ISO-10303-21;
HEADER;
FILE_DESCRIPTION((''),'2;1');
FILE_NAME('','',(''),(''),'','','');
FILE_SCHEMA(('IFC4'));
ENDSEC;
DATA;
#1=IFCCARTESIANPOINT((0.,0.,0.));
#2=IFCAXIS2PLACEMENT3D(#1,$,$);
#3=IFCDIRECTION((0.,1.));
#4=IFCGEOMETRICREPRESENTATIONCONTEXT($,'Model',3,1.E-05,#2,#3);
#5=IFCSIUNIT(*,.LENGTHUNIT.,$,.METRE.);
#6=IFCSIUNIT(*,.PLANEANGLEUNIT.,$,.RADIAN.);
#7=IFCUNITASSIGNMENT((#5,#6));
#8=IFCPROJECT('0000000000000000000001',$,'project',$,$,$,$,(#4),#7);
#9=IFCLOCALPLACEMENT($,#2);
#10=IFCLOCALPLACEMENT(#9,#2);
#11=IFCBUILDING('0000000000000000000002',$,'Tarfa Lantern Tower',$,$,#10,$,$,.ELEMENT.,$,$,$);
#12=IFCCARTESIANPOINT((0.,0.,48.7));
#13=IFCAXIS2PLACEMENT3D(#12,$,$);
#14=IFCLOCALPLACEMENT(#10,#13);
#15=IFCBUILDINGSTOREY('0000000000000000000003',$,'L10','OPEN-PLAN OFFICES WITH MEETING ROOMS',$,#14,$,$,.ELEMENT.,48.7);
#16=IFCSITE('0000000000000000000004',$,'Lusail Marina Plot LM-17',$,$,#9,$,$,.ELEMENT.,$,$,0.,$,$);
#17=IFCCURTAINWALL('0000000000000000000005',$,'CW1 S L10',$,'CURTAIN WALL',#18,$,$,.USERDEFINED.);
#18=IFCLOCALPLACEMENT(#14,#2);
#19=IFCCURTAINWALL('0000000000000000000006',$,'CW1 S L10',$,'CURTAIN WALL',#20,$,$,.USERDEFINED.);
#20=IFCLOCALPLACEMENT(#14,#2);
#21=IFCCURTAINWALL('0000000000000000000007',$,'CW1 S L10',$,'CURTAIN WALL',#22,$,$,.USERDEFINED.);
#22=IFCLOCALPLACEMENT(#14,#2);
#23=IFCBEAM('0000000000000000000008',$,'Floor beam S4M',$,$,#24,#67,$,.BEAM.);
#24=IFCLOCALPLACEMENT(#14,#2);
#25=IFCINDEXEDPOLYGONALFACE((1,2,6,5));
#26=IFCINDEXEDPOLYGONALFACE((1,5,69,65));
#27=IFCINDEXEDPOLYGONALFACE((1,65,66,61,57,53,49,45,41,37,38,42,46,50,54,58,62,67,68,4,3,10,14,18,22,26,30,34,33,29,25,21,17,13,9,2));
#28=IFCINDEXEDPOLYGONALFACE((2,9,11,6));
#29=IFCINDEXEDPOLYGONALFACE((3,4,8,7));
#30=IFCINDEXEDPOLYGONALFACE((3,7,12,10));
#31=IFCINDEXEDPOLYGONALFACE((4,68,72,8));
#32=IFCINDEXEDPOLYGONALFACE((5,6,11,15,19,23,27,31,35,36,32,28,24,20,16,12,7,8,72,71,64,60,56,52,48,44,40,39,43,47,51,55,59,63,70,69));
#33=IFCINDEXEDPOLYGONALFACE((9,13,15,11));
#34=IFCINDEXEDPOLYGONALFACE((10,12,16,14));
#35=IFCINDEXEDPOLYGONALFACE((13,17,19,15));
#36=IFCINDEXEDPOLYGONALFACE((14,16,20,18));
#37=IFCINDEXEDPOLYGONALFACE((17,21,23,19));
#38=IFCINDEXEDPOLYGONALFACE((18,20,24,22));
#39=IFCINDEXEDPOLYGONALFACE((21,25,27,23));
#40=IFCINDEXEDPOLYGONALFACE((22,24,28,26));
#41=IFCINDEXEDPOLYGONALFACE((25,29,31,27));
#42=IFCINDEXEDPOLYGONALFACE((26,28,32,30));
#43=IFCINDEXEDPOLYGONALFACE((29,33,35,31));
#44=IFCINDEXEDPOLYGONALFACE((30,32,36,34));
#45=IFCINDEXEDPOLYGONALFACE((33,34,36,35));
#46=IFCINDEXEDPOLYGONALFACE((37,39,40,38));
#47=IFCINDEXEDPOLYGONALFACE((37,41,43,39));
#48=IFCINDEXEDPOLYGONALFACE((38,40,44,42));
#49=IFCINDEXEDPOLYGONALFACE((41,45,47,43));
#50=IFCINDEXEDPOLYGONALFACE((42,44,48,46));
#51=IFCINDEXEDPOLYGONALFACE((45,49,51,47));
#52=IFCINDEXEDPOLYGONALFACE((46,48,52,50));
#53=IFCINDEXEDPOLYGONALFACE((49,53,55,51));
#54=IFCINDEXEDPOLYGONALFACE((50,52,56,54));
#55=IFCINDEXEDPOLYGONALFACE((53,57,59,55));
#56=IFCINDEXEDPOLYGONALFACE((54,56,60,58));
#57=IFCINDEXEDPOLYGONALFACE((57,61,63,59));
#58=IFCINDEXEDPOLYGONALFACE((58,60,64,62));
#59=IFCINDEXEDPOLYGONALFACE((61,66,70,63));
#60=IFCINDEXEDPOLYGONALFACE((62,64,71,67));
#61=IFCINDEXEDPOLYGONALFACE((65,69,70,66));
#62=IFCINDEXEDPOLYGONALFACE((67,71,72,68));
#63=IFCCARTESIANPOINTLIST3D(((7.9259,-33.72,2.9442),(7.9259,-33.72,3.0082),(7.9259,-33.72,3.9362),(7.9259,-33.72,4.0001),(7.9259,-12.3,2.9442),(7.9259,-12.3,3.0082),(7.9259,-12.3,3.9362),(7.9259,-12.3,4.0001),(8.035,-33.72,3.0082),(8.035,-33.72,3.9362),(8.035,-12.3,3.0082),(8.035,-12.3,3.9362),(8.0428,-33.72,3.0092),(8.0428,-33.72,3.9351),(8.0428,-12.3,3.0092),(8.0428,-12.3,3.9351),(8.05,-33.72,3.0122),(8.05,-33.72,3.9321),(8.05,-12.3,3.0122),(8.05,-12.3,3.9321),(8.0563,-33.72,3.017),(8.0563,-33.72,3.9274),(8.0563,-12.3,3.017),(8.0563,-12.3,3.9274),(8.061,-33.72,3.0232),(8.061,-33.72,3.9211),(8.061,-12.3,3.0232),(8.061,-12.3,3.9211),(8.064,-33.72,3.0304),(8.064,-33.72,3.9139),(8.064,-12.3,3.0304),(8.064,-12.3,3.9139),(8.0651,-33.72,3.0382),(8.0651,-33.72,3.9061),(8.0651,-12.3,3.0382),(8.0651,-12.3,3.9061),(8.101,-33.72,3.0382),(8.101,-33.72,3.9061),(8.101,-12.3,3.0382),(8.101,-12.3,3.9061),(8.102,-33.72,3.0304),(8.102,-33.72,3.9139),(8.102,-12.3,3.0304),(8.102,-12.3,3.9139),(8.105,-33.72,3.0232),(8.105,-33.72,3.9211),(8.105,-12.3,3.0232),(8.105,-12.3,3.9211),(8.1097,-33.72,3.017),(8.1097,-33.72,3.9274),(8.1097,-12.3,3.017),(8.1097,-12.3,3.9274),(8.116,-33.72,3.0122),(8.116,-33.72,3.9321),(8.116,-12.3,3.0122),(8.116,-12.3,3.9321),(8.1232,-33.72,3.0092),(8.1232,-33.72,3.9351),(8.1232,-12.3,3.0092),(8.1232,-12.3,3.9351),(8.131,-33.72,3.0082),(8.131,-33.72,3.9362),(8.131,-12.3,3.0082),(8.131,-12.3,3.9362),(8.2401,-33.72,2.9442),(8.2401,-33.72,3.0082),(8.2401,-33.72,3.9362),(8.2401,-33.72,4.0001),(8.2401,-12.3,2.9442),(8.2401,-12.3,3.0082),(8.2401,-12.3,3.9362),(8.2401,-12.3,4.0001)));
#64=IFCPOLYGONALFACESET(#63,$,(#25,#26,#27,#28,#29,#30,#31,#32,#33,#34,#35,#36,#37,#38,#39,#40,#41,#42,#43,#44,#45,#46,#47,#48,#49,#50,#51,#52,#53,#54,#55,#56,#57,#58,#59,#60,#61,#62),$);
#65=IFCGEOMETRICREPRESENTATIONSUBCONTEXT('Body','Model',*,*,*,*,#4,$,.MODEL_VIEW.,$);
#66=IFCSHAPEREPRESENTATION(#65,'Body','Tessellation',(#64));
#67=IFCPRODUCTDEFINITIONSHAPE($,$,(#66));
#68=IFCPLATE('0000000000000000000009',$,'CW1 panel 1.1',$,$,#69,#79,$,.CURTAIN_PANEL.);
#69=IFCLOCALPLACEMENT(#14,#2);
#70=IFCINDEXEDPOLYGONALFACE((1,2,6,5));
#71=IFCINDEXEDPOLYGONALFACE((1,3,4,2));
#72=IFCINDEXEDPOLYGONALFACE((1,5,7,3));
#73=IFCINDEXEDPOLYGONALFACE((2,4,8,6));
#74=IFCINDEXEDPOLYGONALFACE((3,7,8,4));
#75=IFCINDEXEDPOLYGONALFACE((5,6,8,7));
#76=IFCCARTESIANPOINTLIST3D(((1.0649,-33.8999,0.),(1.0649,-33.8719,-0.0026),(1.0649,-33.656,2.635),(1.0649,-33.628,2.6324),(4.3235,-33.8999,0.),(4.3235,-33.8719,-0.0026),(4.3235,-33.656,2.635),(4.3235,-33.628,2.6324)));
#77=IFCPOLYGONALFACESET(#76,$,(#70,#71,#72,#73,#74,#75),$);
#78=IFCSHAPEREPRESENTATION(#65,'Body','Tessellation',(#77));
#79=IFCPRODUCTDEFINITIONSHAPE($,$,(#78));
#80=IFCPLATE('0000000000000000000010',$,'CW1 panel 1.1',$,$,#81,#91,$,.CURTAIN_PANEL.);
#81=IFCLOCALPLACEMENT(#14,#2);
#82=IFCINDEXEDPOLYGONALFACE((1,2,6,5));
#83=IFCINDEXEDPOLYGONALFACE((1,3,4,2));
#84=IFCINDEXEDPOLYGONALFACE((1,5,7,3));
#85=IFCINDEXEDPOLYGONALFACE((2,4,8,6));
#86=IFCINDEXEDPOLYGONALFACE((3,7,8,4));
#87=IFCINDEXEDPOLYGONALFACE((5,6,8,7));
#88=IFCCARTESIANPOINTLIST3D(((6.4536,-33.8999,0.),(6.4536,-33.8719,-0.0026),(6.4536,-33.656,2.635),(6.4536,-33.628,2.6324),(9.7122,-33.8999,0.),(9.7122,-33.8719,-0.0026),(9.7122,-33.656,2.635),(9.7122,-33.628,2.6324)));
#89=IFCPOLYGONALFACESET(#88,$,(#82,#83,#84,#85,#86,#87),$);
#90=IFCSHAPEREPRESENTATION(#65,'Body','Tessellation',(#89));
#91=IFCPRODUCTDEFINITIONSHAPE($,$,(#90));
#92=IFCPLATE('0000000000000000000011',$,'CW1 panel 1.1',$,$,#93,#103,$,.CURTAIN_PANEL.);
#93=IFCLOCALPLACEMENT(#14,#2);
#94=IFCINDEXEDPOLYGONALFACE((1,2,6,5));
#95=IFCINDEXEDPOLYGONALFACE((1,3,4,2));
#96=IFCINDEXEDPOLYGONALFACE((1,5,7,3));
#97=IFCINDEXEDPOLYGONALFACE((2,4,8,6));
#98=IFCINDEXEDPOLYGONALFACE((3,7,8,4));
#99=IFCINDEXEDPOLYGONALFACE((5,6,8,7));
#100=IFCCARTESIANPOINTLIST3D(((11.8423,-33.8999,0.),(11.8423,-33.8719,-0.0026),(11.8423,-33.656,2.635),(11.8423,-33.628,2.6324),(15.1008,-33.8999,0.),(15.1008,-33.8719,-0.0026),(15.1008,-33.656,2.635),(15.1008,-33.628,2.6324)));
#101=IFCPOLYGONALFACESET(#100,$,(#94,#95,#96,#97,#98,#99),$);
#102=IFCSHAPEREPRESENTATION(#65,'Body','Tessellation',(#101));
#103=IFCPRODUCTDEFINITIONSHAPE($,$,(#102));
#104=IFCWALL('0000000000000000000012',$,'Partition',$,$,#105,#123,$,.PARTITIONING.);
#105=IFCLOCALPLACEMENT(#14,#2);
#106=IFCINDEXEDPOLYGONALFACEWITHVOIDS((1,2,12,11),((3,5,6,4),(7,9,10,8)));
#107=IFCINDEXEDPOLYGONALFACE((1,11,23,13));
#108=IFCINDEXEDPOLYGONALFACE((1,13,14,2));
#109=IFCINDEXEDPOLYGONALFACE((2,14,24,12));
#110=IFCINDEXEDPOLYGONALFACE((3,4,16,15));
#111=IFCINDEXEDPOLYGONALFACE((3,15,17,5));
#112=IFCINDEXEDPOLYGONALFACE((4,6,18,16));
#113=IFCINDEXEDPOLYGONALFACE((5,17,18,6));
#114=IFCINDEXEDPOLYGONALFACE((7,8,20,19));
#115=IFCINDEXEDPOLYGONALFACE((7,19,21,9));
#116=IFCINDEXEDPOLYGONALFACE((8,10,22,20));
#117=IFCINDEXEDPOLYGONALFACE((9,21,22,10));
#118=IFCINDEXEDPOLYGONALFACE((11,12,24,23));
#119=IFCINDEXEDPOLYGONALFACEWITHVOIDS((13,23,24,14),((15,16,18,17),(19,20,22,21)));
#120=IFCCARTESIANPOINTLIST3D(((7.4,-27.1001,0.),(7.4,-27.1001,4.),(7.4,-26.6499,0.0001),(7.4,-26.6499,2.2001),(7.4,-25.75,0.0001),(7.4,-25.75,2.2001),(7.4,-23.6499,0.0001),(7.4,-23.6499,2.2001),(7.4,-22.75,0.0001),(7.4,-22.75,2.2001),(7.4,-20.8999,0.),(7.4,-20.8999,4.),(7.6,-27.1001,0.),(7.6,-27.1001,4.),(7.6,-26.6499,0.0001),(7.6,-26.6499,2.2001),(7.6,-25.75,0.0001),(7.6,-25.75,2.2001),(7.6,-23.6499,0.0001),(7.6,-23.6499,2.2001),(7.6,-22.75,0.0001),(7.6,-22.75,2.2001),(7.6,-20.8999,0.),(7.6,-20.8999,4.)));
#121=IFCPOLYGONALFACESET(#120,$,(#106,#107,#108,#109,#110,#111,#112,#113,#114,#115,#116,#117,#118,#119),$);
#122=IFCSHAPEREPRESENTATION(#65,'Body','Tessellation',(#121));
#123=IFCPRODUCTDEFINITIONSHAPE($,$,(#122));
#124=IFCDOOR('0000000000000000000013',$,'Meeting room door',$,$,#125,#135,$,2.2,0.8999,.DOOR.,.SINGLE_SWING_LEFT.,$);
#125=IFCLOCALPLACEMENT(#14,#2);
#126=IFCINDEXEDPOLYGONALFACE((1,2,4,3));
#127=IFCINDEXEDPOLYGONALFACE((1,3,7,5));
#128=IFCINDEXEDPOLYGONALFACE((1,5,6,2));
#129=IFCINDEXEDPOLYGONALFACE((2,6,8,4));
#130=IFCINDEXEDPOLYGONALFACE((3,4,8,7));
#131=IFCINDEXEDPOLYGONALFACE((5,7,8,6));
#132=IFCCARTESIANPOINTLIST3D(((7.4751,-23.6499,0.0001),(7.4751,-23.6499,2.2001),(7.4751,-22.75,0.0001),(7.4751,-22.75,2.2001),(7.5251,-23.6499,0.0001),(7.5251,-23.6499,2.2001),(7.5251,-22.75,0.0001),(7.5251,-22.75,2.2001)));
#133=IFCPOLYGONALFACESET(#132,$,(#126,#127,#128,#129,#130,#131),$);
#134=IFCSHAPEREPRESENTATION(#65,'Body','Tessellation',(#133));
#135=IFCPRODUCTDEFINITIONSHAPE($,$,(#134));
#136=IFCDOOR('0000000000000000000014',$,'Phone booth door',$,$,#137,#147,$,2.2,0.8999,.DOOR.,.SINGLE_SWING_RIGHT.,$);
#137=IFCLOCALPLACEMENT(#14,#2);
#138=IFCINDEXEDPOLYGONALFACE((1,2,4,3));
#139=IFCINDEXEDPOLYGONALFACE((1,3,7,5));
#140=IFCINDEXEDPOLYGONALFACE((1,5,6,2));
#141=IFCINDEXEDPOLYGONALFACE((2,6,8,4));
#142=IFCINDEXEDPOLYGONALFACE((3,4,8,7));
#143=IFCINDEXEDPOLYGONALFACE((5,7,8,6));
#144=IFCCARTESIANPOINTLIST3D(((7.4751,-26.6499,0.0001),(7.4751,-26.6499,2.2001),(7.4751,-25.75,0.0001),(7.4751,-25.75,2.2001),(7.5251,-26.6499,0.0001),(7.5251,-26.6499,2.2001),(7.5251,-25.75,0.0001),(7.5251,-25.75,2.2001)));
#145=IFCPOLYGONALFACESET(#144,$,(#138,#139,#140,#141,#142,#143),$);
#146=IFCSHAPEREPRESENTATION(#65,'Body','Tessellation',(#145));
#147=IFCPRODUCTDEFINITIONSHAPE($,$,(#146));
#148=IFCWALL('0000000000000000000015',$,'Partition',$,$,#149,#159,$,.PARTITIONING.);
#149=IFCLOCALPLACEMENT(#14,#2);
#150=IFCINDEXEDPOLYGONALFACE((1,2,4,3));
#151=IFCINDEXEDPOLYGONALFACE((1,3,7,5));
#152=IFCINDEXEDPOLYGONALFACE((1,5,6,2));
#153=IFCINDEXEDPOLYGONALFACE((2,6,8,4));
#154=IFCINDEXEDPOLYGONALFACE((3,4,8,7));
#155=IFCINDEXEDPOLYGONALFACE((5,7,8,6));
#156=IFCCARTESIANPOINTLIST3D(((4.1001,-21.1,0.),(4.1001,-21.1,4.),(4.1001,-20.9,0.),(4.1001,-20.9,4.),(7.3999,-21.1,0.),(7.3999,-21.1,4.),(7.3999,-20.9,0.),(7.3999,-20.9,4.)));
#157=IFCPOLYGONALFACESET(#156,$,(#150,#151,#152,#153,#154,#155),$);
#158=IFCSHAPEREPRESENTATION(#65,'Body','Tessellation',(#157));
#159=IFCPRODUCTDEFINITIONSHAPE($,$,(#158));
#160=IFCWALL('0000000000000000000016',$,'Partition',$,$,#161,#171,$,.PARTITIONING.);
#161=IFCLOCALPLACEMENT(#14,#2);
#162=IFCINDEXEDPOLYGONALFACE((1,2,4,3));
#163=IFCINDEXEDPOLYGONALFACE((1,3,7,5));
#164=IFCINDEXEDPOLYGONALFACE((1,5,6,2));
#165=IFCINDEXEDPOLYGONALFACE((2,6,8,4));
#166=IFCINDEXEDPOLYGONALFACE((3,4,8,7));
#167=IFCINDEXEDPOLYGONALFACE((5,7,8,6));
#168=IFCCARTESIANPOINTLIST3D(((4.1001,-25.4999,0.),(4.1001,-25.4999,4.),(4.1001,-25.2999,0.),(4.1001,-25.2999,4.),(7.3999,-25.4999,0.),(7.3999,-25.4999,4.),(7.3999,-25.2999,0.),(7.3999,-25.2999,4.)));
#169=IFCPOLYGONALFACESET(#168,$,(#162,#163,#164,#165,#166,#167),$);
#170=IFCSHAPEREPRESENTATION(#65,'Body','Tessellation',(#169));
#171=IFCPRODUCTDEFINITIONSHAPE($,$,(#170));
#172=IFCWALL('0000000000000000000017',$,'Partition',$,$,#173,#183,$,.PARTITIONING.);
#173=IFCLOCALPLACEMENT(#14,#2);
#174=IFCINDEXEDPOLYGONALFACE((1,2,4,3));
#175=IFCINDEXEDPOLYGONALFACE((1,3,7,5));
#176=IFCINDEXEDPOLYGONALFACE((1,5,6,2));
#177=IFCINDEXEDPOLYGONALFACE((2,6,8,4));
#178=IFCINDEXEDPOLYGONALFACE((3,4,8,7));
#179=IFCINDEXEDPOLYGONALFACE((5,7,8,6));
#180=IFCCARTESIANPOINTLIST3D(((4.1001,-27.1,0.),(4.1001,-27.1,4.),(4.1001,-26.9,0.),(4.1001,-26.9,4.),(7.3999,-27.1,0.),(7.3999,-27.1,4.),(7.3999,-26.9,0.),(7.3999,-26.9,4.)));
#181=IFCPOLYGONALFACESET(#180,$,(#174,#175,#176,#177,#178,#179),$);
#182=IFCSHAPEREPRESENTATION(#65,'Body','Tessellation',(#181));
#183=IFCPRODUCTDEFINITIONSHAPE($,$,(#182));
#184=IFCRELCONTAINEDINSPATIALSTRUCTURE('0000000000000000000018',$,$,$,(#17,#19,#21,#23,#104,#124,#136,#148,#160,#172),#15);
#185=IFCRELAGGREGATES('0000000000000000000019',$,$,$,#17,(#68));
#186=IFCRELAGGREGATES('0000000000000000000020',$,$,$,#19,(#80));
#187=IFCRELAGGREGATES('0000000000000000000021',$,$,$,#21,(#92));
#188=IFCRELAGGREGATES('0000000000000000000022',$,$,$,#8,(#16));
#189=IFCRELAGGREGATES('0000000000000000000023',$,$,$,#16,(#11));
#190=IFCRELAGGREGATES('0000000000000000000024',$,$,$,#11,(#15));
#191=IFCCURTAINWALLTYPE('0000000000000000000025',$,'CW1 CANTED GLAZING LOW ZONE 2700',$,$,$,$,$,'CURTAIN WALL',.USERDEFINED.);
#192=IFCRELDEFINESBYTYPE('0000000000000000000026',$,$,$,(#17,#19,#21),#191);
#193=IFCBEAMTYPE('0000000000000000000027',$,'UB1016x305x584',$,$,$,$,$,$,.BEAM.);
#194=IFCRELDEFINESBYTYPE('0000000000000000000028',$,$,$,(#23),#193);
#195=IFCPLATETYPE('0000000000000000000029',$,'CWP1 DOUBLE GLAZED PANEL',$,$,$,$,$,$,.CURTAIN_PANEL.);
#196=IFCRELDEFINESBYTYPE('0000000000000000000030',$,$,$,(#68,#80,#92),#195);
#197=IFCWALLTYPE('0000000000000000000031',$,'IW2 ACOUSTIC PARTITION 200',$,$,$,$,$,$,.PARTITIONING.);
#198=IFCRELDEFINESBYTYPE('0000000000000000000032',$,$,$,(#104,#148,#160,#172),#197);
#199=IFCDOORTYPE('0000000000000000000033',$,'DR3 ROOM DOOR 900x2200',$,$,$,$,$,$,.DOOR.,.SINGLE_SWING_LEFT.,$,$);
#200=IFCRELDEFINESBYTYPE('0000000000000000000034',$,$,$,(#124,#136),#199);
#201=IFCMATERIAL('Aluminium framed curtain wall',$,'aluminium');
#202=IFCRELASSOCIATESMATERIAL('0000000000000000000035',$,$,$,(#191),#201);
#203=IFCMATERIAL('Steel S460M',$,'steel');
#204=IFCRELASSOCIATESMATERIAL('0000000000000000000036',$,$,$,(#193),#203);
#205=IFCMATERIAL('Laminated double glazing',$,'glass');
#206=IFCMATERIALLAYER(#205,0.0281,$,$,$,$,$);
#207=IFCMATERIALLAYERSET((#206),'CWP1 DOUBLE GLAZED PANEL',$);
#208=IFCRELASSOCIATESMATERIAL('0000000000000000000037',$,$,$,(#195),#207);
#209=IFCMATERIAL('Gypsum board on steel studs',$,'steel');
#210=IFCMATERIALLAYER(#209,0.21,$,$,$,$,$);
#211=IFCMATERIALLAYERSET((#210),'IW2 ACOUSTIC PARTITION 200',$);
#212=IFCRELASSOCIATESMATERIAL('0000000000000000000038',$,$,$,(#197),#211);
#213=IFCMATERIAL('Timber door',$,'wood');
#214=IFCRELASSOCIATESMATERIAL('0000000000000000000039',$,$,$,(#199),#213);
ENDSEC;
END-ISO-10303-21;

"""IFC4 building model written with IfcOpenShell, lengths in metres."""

from ifc_helpers import new_model, si_unit, direction, frame, frame_2d, origin, origin_2d, place, context, subcontext, project, spatial, polyline, rectangle, i_section, outline, extrude, material, layer, layer_set, material_profile, profile_set, type_object, element, fill, aggregate, save


model = new_model("IFC4")

# Units and contexts
model_context = context("Model", 3, precision=1e-05, world=origin(), true_north=direction((0.0, 1.0)))
body_context = subcontext(model_context, "Body", "Model", "MODEL_VIEW")
ifc_project = project(units=[si_unit("LENGTHUNIT", "METRE"), si_unit("PLANEANGLEUNIT", "RADIAN")], contexts=[model_context])

# Site, building, storey
site_placement = place(None, origin())
site = spatial("IfcSite", under=ifc_project, at=site_placement, Name="Lusail Marina Plot LM-17", CompositionType="ELEMENT", RefElevation=0.0)
building_placement = place(site_placement, origin())
building = spatial("IfcBuilding", under=site, at=building_placement, Name="Tarfa Lantern Tower", CompositionType="ELEMENT")
storey_placement = place(building_placement, frame((0.0, 0.0, 48.7)))
storey = spatial("IfcBuildingStorey", under=building, at=storey_placement, Name="L10", Description="OPEN-PLAN OFFICES WITH MEETING ROOMS", CompositionType="ELEMENT", Elevation=48.7)

# Curtain walls
ifc_material_1 = material(Name="Aluminium framed curtain wall", Category="aluminium")
curtain_wall_type = type_object("IfcCurtainWallType", Name="CW1 CANTED GLAZING LOW ZONE 2700", ElementType="CURTAIN WALL", PredefinedType="USERDEFINED", material=ifc_material_1)
curtain_wall_1_placement = place(storey_placement, origin())
curtain_wall_1 = element("IfcCurtainWall", 1, at=curtain_wall_1_placement, inside=storey, type_object=curtain_wall_type, Name="CW1 S L10", ObjectType="CURTAIN WALL", PredefinedType="USERDEFINED")
curtain_wall_2_placement = place(storey_placement, origin())
curtain_wall_2 = element("IfcCurtainWall", 2, at=curtain_wall_2_placement, inside=storey, type_object=curtain_wall_type, Name="CW1 S L10", ObjectType="CURTAIN WALL", PredefinedType="USERDEFINED")

# Curtain wall
curtain_wall_3_placement = place(storey_placement, origin())
curtain_wall_3 = element("IfcCurtainWall", 3, at=curtain_wall_3_placement, inside=storey, type_object=curtain_wall_type, Name="CW1 S L10", ObjectType="CURTAIN WALL", PredefinedType="USERDEFINED")

# Beam
ifc_material_2 = material(Name="Steel S460M", Category="steel")
ifc_material_profile_1 = material_profile(ifc_material_2, i_section(OverallWidth=0.3142, OverallDepth=1.0559, WebThickness=0.0359, FlangeThickness=0.064, FilletRadius=0.03, at=origin_2d()), Name="UB1016x305x584")
ifc_profile_set_1 = profile_set([ifc_material_profile_1], Name="Steel S460M")
beam_type_1 = type_object("IfcBeamType", Name="UB1016x305x584", PredefinedType="BEAM", material=ifc_profile_set_1)
for number, where, z_axis, x_axis, name in (
    (4, (8.083, -33.72, 3.4722), (0.0, 1.0, 0.0), (-1.0, 0.0, 0.0), "Floor beam S4M"),
):
    element("IfcBeam", number, at=place(storey_placement, frame(where, z_axis=z_axis, x_axis=x_axis)), inside=storey, type_object=beam_type_1, Name=name, PredefinedType="BEAM", context=body_context, shape_type="SweptSolid", body=[
        extrude(i_section(OverallWidth=0.3142, OverallDepth=1.0559, WebThickness=0.0359, FlangeThickness=0.064, FilletRadius=0.03, at=origin_2d()), origin(), (0.0, 0.0, 1.0), 21.4199),
    ])

# Plates
ifc_material_3 = material(Name="Laminated double glazing", Category="glass")
ifc_layer_1 = layer(ifc_material_3, 0.0281)
ifc_layer_set_1 = layer_set([ifc_layer_1], Name="CWP1 DOUBLE GLAZED PANEL")
plate_type = type_object("IfcPlateType", Name="CWP1 DOUBLE GLAZED PANEL", PredefinedType="CURTAIN_PANEL", material=ifc_layer_set_1)
plate_1_placement = place(storey_placement, frame((1.0649, -33.8999, 0.0), z_axis=(0.0, -0.995744, 0.092166), x_axis=(1.0, 0.0, 0.0)))
plate_1 = element("IfcPlate", 5, at=plate_1_placement, type_object=plate_type, Name="CW1 panel 1.1", PredefinedType="CURTAIN_PANEL", context=body_context, shape_type="SweptSolid", body=[
    extrude(outline(polyline([(0.0, 0.0), (3.2585, 0.0), (3.2585, 2.6463), (0.0, 2.6463), (0.0, 0.0)])), origin(), (0.0, 0.0, -1.0), 0.0281),
])
aggregate(curtain_wall_1, [plate_1])
plate_2_placement = place(storey_placement, frame((6.4536, -33.8999, 0.0), z_axis=(0.0, -0.995744, 0.092166), x_axis=(1.0, 0.0, 0.0)))
plate_2 = element("IfcPlate", 6, at=plate_2_placement, type_object=plate_type, Name="CW1 panel 1.1", PredefinedType="CURTAIN_PANEL", context=body_context, shape_type="SweptSolid", body=[
    extrude(outline(polyline([(0.0, 0.0), (3.2585, 0.0), (3.2585, 2.6463), (0.0, 2.6463), (0.0, 0.0)])), origin(), (0.0, 0.0, -1.0), 0.0281),
])
aggregate(curtain_wall_2, [plate_2])
plate_3_placement = place(storey_placement, frame((11.8423, -33.8999, 0.0), z_axis=(0.0, -0.995744, 0.092166), x_axis=(1.0, 0.0, 0.0)))
plate_3 = element("IfcPlate", 7, at=plate_3_placement, type_object=plate_type, Name="CW1 panel 1.1", PredefinedType="CURTAIN_PANEL", context=body_context, shape_type="SweptSolid", body=[
    extrude(outline(polyline([(0.0, 0.0), (3.2585, 0.0), (3.2585, 2.6463), (0.0, 2.6463), (0.0, 0.0)])), origin(), (0.0, 0.0, -1.0), 0.0281),
])
aggregate(curtain_wall_3, [plate_3])

# Wall, openings, doors
ifc_material_4 = material(Name="Gypsum board on steel studs", Category="steel")
ifc_layer_2 = layer(ifc_material_4, 0.21)
ifc_layer_set_2 = layer_set([ifc_layer_2], Name="IW2 ACOUSTIC PARTITION 200")
wall_type = type_object("IfcWallType", Name="IW2 ACOUSTIC PARTITION 200", PredefinedType="PARTITIONING", material=ifc_layer_set_2)
wall_placement = place(storey_placement, frame((7.5, -20.8999, 0.0), z_axis=(0.0, 0.0, 1.0), x_axis=(0.0, -1.0, 0.0)))
wall = element("IfcWall", 8, at=wall_placement, inside=storey, type_object=wall_type, Name="Partition", PredefinedType="PARTITIONING", context=body_context, shape_type="SweptSolid", body=[
    extrude(rectangle(XDim=6.2002, YDim=0.2, at=frame_2d((3.1001, 0.0))), origin(), (0.0, 0.0, 1.0), 4.0),
])
opening_1_placement = place(wall_placement, frame((1.8501, 0.0, 0.0)))
opening_1 = element("IfcOpeningElement", 9, at=opening_1_placement, cuts=wall, PredefinedType="OPENING", context=body_context, shape_type="SweptSolid", body=[
    extrude(rectangle(XDim=0.8999, YDim=2.2, at=frame_2d((0.45, 1.1001))), frame((0.0, 0.1099, 0.0), z_axis=(0.0, -1.0, 0.0), x_axis=(1.0, 0.0, 0.0)), (0.0, 0.0, 1.0), 0.22),
])
opening_2_placement = place(wall_placement, frame((4.8501, 0.0, 0.0)))
opening_2 = element("IfcOpeningElement", 10, at=opening_2_placement, cuts=wall, PredefinedType="OPENING", context=body_context, shape_type="SweptSolid", body=[
    extrude(rectangle(XDim=0.8999, YDim=2.2, at=frame_2d((0.45, 1.1001))), frame((0.0, 0.1099, 0.0), z_axis=(0.0, -1.0, 0.0), x_axis=(1.0, 0.0, 0.0)), (0.0, 0.0, 1.0), 0.22),
])
ifc_material_5 = material(Name="Timber door", Category="wood")
door_type = type_object("IfcDoorType", Name="DR3 ROOM DOOR 900x2200", OperationType="SINGLE_SWING_LEFT", PredefinedType="DOOR", material=ifc_material_5)
door_1_placement = place(opening_1_placement, frame((0.8999, 0.0, 0.0), z_axis=(0.0, 0.0, 1.0), x_axis=(-1.0, 0.0, 0.0)))
door_1 = element("IfcDoor", 11, at=door_1_placement, inside=storey, type_object=door_type, Name="Meeting room door", OperationType="SINGLE_SWING_LEFT", OverallHeight=2.2, OverallWidth=0.8999, PredefinedType="DOOR", context=body_context, shape_type="SweptSolid", body=[
    extrude(rectangle(XDim=0.8999, YDim=2.2, at=frame_2d((0.45, 1.1001))), frame((0.0, 0.0249, 0.0), z_axis=(0.0, -1.0, 0.0), x_axis=(1.0, 0.0, 0.0)), (0.0, 0.0, 1.0), 0.05),
])
fill(opening_1, door_1)
door_2_placement = place(opening_2_placement, frame((0.8999, 0.0, 0.0), z_axis=(0.0, 0.0, 1.0), x_axis=(-1.0, 0.0, 0.0)))
door_2 = element("IfcDoor", 12, at=door_2_placement, inside=storey, type_object=door_type, Name="Phone booth door", OperationType="SINGLE_SWING_RIGHT", OverallHeight=2.2, OverallWidth=0.8999, PredefinedType="DOOR", context=body_context, shape_type="SweptSolid", body=[
    extrude(rectangle(XDim=0.8999, YDim=2.2, at=frame_2d((0.45, 1.1001))), frame((0.0, 0.0249, 0.0), z_axis=(0.0, -1.0, 0.0), x_axis=(1.0, 0.0, 0.0)), (0.0, 0.0, 1.0), 0.05),
])
fill(opening_2, door_2)

# Walls
for number, where, z_axis, x_axis, name in (
    (13, (4.1001, -21.0, 0.0), (0.0, 0.0, 1.0), (1.0, 0.0, 0.0), "Partition"),
    (14, (4.1001, -25.3999, 0.0), (0.0, 0.0, 1.0), (1.0, 0.0, 0.0), "Partition"),
    (15, (4.1001, -27.0, 0.0), (0.0, 0.0, 1.0), (1.0, 0.0, 0.0), "Partition"),
):
    element("IfcWall", number, at=place(storey_placement, frame(where, z_axis=z_axis, x_axis=x_axis)), inside=storey, type_object=wall_type, Name=name, PredefinedType="PARTITIONING", context=body_context, shape_type="SweptSolid", body=[
        extrude(rectangle(XDim=3.2998, YDim=0.2, at=frame_2d((1.6499, 0.0))), origin(), (0.0, 0.0, 1.0), 4.0),
    ])

save(model, "model.ifc")
